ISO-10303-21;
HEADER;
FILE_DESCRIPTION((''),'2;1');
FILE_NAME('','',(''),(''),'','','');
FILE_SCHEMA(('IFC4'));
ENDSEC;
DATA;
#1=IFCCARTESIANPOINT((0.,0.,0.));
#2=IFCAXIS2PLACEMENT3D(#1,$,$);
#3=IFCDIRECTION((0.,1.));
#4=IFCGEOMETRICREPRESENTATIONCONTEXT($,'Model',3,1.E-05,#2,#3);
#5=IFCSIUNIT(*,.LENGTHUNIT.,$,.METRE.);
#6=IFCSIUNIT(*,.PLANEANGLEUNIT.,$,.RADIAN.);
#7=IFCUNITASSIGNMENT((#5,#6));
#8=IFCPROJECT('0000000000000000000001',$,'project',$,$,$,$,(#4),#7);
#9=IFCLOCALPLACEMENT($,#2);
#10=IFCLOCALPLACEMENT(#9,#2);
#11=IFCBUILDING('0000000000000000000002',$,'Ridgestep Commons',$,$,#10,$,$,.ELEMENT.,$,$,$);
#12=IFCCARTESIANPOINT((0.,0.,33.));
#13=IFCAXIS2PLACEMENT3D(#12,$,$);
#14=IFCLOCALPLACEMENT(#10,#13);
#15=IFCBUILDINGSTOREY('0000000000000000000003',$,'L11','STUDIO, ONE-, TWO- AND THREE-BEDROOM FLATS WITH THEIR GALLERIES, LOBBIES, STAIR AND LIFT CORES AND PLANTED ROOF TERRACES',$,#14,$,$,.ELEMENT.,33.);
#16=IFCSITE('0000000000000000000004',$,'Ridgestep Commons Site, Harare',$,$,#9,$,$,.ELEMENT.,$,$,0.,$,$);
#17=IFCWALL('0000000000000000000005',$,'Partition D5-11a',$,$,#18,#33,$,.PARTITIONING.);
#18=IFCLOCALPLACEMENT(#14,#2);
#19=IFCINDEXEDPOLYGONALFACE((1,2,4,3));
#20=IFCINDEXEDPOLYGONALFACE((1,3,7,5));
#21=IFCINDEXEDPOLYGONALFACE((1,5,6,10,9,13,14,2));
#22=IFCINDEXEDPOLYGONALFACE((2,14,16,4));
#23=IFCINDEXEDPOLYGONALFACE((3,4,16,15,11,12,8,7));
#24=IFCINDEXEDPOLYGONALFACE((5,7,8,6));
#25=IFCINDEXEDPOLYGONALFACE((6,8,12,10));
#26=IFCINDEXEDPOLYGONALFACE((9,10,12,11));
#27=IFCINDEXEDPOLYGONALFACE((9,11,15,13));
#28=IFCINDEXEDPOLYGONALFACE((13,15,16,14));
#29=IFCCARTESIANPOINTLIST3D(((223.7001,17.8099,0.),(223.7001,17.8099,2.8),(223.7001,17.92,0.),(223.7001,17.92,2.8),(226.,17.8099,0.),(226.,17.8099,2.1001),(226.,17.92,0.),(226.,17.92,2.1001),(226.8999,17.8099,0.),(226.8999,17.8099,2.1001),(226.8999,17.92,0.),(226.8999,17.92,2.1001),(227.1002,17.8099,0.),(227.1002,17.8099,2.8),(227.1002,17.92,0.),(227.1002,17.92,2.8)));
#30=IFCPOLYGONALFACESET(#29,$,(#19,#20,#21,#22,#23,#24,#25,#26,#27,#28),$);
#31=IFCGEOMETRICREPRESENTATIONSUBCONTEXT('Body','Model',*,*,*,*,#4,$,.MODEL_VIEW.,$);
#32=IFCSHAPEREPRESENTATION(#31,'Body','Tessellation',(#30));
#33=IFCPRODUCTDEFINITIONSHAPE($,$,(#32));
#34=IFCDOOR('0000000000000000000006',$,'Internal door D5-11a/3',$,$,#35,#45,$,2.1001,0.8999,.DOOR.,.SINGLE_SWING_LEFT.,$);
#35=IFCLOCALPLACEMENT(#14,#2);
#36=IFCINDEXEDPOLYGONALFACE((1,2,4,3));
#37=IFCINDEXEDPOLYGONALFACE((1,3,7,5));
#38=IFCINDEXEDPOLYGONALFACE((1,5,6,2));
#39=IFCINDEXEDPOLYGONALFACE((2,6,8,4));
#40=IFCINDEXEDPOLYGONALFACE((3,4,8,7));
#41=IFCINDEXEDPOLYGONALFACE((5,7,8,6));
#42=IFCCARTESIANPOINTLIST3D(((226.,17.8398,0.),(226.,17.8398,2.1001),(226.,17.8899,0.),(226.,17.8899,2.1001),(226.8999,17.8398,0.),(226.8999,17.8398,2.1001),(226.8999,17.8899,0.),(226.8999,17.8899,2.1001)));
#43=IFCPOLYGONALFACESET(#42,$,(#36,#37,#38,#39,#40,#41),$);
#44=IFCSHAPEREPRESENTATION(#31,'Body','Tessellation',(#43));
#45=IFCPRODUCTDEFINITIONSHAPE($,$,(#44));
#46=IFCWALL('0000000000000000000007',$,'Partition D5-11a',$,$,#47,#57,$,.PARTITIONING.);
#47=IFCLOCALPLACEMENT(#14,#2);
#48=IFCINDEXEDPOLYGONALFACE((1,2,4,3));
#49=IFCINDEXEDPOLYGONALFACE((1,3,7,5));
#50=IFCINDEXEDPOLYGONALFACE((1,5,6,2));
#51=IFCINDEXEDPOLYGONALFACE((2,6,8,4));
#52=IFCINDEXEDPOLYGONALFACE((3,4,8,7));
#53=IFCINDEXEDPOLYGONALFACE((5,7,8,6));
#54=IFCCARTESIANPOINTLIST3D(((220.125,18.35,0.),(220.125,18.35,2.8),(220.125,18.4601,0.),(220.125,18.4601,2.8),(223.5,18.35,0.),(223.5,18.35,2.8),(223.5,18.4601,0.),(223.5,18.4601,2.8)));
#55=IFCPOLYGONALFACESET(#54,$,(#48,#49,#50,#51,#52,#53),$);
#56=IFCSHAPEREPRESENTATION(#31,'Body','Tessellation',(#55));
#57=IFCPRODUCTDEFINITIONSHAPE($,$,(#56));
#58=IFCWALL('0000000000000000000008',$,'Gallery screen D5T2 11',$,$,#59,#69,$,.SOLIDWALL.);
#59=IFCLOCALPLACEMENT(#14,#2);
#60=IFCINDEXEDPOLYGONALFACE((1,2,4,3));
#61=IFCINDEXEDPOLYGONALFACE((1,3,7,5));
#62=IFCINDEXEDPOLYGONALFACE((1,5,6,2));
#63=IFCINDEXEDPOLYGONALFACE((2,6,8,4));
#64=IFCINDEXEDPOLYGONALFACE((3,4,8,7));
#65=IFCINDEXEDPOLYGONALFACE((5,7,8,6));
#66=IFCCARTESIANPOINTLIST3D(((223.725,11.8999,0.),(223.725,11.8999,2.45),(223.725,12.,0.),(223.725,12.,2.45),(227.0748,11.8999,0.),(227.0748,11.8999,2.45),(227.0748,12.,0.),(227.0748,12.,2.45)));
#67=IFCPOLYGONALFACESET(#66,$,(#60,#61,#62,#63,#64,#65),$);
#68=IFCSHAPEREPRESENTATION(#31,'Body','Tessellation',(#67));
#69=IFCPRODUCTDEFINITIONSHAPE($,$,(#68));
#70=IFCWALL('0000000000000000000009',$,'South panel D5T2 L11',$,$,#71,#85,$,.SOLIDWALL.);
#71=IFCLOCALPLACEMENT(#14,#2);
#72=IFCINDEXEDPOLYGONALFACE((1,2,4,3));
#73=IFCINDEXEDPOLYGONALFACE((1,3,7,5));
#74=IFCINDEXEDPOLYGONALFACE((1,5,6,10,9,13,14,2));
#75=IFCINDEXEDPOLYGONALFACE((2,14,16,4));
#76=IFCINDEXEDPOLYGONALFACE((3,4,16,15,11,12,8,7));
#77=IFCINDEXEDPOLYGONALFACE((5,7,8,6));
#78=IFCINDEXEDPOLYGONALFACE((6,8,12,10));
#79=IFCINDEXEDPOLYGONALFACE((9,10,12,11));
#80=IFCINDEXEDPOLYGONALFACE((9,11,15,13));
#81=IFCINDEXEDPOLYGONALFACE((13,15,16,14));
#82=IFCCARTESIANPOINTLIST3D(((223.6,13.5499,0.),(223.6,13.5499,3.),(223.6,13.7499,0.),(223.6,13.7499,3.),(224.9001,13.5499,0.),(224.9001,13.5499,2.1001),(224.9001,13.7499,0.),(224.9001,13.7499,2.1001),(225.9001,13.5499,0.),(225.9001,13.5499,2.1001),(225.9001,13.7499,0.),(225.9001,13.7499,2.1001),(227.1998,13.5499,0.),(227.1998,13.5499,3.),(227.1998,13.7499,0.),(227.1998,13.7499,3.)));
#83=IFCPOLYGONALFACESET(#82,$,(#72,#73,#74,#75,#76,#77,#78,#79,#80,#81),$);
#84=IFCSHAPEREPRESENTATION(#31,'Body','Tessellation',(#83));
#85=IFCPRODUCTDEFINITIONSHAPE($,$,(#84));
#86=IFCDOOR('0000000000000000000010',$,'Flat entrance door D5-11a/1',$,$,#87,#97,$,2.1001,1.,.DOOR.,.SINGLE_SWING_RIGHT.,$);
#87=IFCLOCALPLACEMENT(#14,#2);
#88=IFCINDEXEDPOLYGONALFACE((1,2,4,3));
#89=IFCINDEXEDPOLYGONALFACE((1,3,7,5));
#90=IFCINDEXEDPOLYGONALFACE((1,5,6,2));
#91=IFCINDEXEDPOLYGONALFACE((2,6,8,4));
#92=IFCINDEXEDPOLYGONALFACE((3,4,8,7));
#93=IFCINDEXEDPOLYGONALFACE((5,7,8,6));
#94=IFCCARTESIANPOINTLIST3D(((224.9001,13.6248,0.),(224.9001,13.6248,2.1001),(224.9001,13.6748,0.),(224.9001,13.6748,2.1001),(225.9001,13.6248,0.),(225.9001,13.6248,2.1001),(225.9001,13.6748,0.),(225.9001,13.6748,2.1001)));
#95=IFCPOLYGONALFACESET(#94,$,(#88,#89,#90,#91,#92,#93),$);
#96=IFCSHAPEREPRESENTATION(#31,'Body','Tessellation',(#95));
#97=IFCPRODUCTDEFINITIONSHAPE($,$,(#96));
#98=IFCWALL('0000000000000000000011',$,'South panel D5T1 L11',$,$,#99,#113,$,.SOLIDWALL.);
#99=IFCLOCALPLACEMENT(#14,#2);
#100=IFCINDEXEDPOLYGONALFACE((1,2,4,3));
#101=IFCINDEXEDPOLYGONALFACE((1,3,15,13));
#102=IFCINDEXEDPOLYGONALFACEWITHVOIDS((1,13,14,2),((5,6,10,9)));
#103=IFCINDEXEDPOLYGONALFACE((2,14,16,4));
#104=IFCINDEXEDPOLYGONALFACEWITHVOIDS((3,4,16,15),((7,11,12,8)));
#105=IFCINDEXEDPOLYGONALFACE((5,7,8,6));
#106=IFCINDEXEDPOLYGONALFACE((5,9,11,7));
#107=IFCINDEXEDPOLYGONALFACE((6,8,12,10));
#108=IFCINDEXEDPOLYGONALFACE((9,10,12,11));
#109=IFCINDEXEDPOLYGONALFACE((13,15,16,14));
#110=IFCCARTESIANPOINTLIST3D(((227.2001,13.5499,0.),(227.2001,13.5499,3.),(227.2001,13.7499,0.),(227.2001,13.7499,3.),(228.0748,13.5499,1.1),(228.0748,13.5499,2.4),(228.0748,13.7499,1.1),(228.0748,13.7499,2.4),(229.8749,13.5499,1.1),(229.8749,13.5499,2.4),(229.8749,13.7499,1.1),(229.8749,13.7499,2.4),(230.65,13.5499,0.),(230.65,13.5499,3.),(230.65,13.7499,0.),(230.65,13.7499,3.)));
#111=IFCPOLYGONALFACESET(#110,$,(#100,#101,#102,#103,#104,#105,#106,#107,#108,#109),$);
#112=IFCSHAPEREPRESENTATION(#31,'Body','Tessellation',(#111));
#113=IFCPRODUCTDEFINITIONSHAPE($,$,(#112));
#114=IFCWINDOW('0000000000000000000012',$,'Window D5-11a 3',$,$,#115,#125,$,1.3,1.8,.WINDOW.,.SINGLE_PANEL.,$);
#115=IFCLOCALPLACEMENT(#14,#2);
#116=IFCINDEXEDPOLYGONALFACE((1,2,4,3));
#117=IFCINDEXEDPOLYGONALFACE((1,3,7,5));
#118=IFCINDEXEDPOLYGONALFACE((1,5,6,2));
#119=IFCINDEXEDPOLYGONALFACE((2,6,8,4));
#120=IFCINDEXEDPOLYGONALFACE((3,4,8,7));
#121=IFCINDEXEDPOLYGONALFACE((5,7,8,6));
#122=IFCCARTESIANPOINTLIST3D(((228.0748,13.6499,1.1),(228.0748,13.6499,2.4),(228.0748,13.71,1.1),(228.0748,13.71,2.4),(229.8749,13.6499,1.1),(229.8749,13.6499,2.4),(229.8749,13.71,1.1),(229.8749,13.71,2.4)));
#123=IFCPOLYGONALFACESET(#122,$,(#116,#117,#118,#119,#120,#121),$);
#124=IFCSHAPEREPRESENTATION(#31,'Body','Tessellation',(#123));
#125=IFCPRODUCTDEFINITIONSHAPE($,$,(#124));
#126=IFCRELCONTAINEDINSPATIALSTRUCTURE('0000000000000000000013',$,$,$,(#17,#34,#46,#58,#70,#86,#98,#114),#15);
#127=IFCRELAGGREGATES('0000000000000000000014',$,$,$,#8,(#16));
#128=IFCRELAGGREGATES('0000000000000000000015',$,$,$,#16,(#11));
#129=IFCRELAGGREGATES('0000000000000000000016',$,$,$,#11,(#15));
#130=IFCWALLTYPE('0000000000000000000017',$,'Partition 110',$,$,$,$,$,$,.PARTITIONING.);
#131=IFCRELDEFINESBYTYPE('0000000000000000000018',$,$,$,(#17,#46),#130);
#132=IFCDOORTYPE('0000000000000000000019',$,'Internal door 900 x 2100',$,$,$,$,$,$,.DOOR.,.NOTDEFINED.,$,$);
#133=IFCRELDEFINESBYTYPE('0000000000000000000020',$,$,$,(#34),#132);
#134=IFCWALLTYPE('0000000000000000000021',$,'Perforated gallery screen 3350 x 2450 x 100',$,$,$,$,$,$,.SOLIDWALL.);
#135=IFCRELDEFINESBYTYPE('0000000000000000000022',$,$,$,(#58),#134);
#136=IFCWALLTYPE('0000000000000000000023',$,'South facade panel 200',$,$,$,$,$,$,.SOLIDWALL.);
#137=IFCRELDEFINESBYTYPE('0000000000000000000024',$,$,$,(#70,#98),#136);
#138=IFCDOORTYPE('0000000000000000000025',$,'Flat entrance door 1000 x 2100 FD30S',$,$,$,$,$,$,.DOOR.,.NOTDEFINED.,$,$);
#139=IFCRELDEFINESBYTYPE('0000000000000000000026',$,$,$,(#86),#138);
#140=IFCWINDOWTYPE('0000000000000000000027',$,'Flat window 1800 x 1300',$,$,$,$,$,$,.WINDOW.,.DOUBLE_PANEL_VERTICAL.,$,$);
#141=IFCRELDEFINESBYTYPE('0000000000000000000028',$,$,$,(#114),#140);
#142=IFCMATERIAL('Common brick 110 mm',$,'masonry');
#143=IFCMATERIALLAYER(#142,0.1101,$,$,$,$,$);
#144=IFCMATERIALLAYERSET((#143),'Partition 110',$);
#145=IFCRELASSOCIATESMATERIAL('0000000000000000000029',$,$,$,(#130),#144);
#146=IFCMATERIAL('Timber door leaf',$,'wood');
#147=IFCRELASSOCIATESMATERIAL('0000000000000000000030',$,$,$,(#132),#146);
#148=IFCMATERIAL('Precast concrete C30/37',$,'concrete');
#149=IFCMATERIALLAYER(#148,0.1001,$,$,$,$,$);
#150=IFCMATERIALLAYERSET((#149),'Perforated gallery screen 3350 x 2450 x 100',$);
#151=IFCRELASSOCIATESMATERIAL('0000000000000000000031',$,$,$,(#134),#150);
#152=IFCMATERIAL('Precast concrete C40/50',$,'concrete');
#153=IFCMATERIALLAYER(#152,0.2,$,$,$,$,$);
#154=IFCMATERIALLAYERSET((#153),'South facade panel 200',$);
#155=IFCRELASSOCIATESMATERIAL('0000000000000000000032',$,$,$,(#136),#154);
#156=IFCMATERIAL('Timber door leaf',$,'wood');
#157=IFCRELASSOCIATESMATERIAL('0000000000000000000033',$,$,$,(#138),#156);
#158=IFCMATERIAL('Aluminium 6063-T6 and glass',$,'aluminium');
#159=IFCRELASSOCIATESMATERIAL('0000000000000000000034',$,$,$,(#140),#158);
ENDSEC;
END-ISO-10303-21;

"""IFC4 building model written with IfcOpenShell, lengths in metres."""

from ifc_helpers import new_model, si_unit, direction, frame, frame_2d, origin, place, context, subcontext, project, spatial, rectangle, extrude, material, layer, layer_set, type_object, element, fill, save


model = new_model("IFC4")

# Units and contexts
model_context = context("Model", 3, precision=1e-05, world=origin(), true_north=direction((0.0, 1.0)))
body_context = subcontext(model_context, "Body", "Model", "MODEL_VIEW")
ifc_project = project(units=[si_unit("LENGTHUNIT", "METRE"), si_unit("PLANEANGLEUNIT", "RADIAN")], contexts=[model_context])

# Site, building, storey
site_placement = place(None, origin())
site = spatial("IfcSite", under=ifc_project, at=site_placement, Name="Ridgestep Commons Site, Harare", CompositionType="ELEMENT", RefElevation=0.0)
building_placement = place(site_placement, origin())
building = spatial("IfcBuilding", under=site, at=building_placement, Name="Ridgestep Commons", CompositionType="ELEMENT")
storey_placement = place(building_placement, frame((0.0, 0.0, 33.0)))
storey = spatial("IfcBuildingStorey", under=building, at=storey_placement, Name="L11", Description="STUDIO, ONE-, TWO- AND THREE-BEDROOM FLATS WITH THEIR GALLERIES, LOBBIES, STAIR AND LIFT CORES AND PLANTED ROOF TERRACES", CompositionType="ELEMENT", Elevation=33.0)

# Shared definitions
ifc_material_1 = material(Name="Common brick 110 mm", Category="masonry")
ifc_layer_1 = layer(ifc_material_1, 0.1101)
ifc_layer_set_1 = layer_set([ifc_layer_1], Name="Partition 110")
wall_type_1 = type_object("IfcWallType", Name="Partition 110", PredefinedType="PARTITIONING", material=ifc_layer_set_1)

# Wall, opening, door
wall_1_placement = place(storey_placement, frame((223.7, 17.865, 0.0), z_axis=(0.0, 0.0, 1.0), x_axis=(1.0, 0.0, 0.0)))
wall_1 = element("IfcWall", 1, at=wall_1_placement, inside=storey, type_object=wall_type_1, Name="Partition D5-11a", PredefinedType="PARTITIONING", context=body_context, shape_type="SweptSolid", body=[
    extrude(rectangle(XDim=3.4001, YDim=0.1101, at=frame_2d((1.7002, 0.0))), origin(), (0.0, 0.0, 1.0), 2.8),
])
opening_1_placement = place(wall_1_placement, frame((2.3, 0.0, 0.0)))
opening_1 = element("IfcOpeningElement", 2, at=opening_1_placement, cuts=wall_1, PredefinedType="OPENING", context=body_context, shape_type="SweptSolid", body=[
    extrude(rectangle(XDim=0.8999, YDim=2.1001, at=frame_2d((0.45, 1.05))), frame((0.0, 0.0649, 0.0), z_axis=(0.0, -1.0, 0.0), x_axis=(1.0, 0.0, 0.0)), (0.0, 0.0, 1.0), 0.1301),
])
ifc_material_2 = material(Name="Timber door leaf", Category="wood")
door_type_1 = type_object("IfcDoorType", Name="Internal door 900 x 2100", OperationType="NOTDEFINED", PredefinedType="DOOR", material=ifc_material_2)
door_1_placement = place(opening_1_placement, origin())
door_1 = element("IfcDoor", 3, at=door_1_placement, inside=storey, type_object=door_type_1, Name="Internal door D5-11a/3", OperationType="SINGLE_SWING_LEFT", OverallHeight=2.1001, OverallWidth=0.8999, PredefinedType="DOOR", context=body_context, shape_type="SweptSolid", body=[
    extrude(rectangle(XDim=0.8999, YDim=2.1001, at=frame_2d((0.45, 1.05))), frame((0.0, 0.0249, 0.0), z_axis=(0.0, -1.0, 0.0), x_axis=(1.0, 0.0, 0.0)), (0.0, 0.0, 1.0), 0.05),
])
fill(opening_1, door_1)

# Walls
wall_2_placement = place(storey_placement, frame((220.125, 18.405, 0.0), z_axis=(0.0, 0.0, 1.0), x_axis=(1.0, 0.0, 0.0)))
element("IfcWall", 4, at=wall_2_placement, inside=storey, type_object=wall_type_1, Name="Partition D5-11a", PredefinedType="PARTITIONING", context=body_context, shape_type="SweptSolid", body=[
    extrude(rectangle(XDim=3.375, YDim=0.1101, at=frame_2d((1.6875, 0.0))), origin(), (0.0, 0.0, 1.0), 2.8),
])
ifc_material_3 = material(Name="Precast concrete C30/37", Category="concrete")
ifc_layer_2 = layer(ifc_material_3, 0.1001)
ifc_layer_set_2 = layer_set([ifc_layer_2], Name="Perforated gallery screen 3350 x 2450 x 100")
wall_type_2 = type_object("IfcWallType", Name="Perforated gallery screen 3350 x 2450 x 100", PredefinedType="SOLIDWALL", material=ifc_layer_set_2)
wall_3_placement = place(storey_placement, frame((223.7251, 11.95, 0.0), z_axis=(0.0, 0.0, 1.0), x_axis=(1.0, 0.0, 0.0)))
element("IfcWall", 5, at=wall_3_placement, inside=storey, type_object=wall_type_2, Name="Gallery screen D5T2 11", PredefinedType="SOLIDWALL", context=body_context, shape_type="SweptSolid", body=[
    extrude(rectangle(XDim=3.3499, YDim=0.1001, at=frame_2d((1.6748, 0.0))), origin(), (0.0, 0.0, 1.0), 2.45),
])

# Wall, opening, door
ifc_material_4 = material(Name="Precast concrete C40/50", Category="concrete")
ifc_layer_3 = layer(ifc_material_4, 0.2)
ifc_layer_set_3 = layer_set([ifc_layer_3], Name="South facade panel 200")
wall_type_3 = type_object("IfcWallType", Name="South facade panel 200", PredefinedType="SOLIDWALL", material=ifc_layer_set_3)
wall_4_placement = place(storey_placement, frame((223.6001, 13.6499, 0.0), z_axis=(0.0, 0.0, 1.0), x_axis=(1.0, 0.0, 0.0)))
wall_4 = element("IfcWall", 6, at=wall_4_placement, inside=storey, type_object=wall_type_3, Name="South panel D5T2 L11", PredefinedType="SOLIDWALL", context=body_context, shape_type="SweptSolid", body=[
    extrude(rectangle(XDim=3.5999, YDim=0.2, at=frame_2d((1.7998, 0.0))), origin(), (0.0, 0.0, 1.0), 3.0),
])
opening_2_placement = place(wall_4_placement, frame((1.3, 0.0, 0.0)))
opening_2 = element("IfcOpeningElement", 7, at=opening_2_placement, cuts=wall_4, PredefinedType="OPENING", context=body_context, shape_type="SweptSolid", body=[
    extrude(rectangle(XDim=1.0, YDim=2.1001, at=frame_2d((0.5, 1.05))), frame((0.0, 0.1099, 0.0), z_axis=(0.0, -1.0, 0.0), x_axis=(1.0, 0.0, 0.0)), (0.0, 0.0, 1.0), 0.22),
])
ifc_material_5 = material(Name="Timber door leaf", Category="wood")
door_type_2 = type_object("IfcDoorType", Name="Flat entrance door 1000 x 2100 FD30S", OperationType="NOTDEFINED", PredefinedType="DOOR", material=ifc_material_5)
door_2_placement = place(opening_2_placement, origin())
door_2 = element("IfcDoor", 8, at=door_2_placement, inside=storey, type_object=door_type_2, Name="Flat entrance door D5-11a/1", OperationType="SINGLE_SWING_RIGHT", OverallHeight=2.1001, OverallWidth=1.0, PredefinedType="DOOR", context=body_context, shape_type="SweptSolid", body=[
    extrude(rectangle(XDim=1.0, YDim=2.1001, at=frame_2d((0.5, 1.05))), frame((0.0, 0.0249, 0.0), z_axis=(0.0, -1.0, 0.0), x_axis=(1.0, 0.0, 0.0)), (0.0, 0.0, 1.0), 0.05),
])
fill(opening_2, door_2)

# Wall, opening, window
wall_5_placement = place(storey_placement, frame((227.2, 13.6499, 0.0), z_axis=(0.0, 0.0, 1.0), x_axis=(1.0, 0.0, 0.0)))
wall_5 = element("IfcWall", 9, at=wall_5_placement, inside=storey, type_object=wall_type_3, Name="South panel D5T1 L11", PredefinedType="SOLIDWALL", context=body_context, shape_type="SweptSolid", body=[
    extrude(rectangle(XDim=3.45, YDim=0.2, at=frame_2d((1.7251, 0.0))), origin(), (0.0, 0.0, 1.0), 3.0),
])
opening_3_placement = place(wall_5_placement, frame((0.875, 0.0, 1.1001)))
opening_3 = element("IfcOpeningElement", 10, at=opening_3_placement, cuts=wall_5, PredefinedType="OPENING", context=body_context, shape_type="SweptSolid", body=[
    extrude(rectangle(XDim=1.8, YDim=1.3, at=frame_2d((0.8999, 0.6499))), frame((0.0, 0.1099, 0.0), z_axis=(0.0, -1.0, 0.0), x_axis=(1.0, 0.0, 0.0)), (0.0, 0.0, 1.0), 0.22),
])
ifc_material_6 = material(Name="Aluminium 6063-T6 and glass", Category="aluminium")
window_type = type_object("IfcWindowType", Name="Flat window 1800 x 1300", PartitioningType="DOUBLE_PANEL_VERTICAL", PredefinedType="WINDOW", material=ifc_material_6)
window_placement = place(opening_3_placement, origin())
window = element("IfcWindow", 11, at=window_placement, inside=storey, type_object=window_type, Name="Window D5-11a 3", OverallHeight=1.3, OverallWidth=1.8, PartitioningType="SINGLE_PANEL", PredefinedType="WINDOW", context=body_context, shape_type="SweptSolid", body=[
    extrude(rectangle(XDim=1.8, YDim=1.3, at=frame_2d((0.8999, 0.6499))), frame((0.0, 0.0601, 0.0), z_axis=(0.0, -1.0, 0.0), x_axis=(1.0, 0.0, 0.0)), (0.0, 0.0, 1.0), 0.0601),
])
fill(opening_3, window)

save(model, "model.ifc")
